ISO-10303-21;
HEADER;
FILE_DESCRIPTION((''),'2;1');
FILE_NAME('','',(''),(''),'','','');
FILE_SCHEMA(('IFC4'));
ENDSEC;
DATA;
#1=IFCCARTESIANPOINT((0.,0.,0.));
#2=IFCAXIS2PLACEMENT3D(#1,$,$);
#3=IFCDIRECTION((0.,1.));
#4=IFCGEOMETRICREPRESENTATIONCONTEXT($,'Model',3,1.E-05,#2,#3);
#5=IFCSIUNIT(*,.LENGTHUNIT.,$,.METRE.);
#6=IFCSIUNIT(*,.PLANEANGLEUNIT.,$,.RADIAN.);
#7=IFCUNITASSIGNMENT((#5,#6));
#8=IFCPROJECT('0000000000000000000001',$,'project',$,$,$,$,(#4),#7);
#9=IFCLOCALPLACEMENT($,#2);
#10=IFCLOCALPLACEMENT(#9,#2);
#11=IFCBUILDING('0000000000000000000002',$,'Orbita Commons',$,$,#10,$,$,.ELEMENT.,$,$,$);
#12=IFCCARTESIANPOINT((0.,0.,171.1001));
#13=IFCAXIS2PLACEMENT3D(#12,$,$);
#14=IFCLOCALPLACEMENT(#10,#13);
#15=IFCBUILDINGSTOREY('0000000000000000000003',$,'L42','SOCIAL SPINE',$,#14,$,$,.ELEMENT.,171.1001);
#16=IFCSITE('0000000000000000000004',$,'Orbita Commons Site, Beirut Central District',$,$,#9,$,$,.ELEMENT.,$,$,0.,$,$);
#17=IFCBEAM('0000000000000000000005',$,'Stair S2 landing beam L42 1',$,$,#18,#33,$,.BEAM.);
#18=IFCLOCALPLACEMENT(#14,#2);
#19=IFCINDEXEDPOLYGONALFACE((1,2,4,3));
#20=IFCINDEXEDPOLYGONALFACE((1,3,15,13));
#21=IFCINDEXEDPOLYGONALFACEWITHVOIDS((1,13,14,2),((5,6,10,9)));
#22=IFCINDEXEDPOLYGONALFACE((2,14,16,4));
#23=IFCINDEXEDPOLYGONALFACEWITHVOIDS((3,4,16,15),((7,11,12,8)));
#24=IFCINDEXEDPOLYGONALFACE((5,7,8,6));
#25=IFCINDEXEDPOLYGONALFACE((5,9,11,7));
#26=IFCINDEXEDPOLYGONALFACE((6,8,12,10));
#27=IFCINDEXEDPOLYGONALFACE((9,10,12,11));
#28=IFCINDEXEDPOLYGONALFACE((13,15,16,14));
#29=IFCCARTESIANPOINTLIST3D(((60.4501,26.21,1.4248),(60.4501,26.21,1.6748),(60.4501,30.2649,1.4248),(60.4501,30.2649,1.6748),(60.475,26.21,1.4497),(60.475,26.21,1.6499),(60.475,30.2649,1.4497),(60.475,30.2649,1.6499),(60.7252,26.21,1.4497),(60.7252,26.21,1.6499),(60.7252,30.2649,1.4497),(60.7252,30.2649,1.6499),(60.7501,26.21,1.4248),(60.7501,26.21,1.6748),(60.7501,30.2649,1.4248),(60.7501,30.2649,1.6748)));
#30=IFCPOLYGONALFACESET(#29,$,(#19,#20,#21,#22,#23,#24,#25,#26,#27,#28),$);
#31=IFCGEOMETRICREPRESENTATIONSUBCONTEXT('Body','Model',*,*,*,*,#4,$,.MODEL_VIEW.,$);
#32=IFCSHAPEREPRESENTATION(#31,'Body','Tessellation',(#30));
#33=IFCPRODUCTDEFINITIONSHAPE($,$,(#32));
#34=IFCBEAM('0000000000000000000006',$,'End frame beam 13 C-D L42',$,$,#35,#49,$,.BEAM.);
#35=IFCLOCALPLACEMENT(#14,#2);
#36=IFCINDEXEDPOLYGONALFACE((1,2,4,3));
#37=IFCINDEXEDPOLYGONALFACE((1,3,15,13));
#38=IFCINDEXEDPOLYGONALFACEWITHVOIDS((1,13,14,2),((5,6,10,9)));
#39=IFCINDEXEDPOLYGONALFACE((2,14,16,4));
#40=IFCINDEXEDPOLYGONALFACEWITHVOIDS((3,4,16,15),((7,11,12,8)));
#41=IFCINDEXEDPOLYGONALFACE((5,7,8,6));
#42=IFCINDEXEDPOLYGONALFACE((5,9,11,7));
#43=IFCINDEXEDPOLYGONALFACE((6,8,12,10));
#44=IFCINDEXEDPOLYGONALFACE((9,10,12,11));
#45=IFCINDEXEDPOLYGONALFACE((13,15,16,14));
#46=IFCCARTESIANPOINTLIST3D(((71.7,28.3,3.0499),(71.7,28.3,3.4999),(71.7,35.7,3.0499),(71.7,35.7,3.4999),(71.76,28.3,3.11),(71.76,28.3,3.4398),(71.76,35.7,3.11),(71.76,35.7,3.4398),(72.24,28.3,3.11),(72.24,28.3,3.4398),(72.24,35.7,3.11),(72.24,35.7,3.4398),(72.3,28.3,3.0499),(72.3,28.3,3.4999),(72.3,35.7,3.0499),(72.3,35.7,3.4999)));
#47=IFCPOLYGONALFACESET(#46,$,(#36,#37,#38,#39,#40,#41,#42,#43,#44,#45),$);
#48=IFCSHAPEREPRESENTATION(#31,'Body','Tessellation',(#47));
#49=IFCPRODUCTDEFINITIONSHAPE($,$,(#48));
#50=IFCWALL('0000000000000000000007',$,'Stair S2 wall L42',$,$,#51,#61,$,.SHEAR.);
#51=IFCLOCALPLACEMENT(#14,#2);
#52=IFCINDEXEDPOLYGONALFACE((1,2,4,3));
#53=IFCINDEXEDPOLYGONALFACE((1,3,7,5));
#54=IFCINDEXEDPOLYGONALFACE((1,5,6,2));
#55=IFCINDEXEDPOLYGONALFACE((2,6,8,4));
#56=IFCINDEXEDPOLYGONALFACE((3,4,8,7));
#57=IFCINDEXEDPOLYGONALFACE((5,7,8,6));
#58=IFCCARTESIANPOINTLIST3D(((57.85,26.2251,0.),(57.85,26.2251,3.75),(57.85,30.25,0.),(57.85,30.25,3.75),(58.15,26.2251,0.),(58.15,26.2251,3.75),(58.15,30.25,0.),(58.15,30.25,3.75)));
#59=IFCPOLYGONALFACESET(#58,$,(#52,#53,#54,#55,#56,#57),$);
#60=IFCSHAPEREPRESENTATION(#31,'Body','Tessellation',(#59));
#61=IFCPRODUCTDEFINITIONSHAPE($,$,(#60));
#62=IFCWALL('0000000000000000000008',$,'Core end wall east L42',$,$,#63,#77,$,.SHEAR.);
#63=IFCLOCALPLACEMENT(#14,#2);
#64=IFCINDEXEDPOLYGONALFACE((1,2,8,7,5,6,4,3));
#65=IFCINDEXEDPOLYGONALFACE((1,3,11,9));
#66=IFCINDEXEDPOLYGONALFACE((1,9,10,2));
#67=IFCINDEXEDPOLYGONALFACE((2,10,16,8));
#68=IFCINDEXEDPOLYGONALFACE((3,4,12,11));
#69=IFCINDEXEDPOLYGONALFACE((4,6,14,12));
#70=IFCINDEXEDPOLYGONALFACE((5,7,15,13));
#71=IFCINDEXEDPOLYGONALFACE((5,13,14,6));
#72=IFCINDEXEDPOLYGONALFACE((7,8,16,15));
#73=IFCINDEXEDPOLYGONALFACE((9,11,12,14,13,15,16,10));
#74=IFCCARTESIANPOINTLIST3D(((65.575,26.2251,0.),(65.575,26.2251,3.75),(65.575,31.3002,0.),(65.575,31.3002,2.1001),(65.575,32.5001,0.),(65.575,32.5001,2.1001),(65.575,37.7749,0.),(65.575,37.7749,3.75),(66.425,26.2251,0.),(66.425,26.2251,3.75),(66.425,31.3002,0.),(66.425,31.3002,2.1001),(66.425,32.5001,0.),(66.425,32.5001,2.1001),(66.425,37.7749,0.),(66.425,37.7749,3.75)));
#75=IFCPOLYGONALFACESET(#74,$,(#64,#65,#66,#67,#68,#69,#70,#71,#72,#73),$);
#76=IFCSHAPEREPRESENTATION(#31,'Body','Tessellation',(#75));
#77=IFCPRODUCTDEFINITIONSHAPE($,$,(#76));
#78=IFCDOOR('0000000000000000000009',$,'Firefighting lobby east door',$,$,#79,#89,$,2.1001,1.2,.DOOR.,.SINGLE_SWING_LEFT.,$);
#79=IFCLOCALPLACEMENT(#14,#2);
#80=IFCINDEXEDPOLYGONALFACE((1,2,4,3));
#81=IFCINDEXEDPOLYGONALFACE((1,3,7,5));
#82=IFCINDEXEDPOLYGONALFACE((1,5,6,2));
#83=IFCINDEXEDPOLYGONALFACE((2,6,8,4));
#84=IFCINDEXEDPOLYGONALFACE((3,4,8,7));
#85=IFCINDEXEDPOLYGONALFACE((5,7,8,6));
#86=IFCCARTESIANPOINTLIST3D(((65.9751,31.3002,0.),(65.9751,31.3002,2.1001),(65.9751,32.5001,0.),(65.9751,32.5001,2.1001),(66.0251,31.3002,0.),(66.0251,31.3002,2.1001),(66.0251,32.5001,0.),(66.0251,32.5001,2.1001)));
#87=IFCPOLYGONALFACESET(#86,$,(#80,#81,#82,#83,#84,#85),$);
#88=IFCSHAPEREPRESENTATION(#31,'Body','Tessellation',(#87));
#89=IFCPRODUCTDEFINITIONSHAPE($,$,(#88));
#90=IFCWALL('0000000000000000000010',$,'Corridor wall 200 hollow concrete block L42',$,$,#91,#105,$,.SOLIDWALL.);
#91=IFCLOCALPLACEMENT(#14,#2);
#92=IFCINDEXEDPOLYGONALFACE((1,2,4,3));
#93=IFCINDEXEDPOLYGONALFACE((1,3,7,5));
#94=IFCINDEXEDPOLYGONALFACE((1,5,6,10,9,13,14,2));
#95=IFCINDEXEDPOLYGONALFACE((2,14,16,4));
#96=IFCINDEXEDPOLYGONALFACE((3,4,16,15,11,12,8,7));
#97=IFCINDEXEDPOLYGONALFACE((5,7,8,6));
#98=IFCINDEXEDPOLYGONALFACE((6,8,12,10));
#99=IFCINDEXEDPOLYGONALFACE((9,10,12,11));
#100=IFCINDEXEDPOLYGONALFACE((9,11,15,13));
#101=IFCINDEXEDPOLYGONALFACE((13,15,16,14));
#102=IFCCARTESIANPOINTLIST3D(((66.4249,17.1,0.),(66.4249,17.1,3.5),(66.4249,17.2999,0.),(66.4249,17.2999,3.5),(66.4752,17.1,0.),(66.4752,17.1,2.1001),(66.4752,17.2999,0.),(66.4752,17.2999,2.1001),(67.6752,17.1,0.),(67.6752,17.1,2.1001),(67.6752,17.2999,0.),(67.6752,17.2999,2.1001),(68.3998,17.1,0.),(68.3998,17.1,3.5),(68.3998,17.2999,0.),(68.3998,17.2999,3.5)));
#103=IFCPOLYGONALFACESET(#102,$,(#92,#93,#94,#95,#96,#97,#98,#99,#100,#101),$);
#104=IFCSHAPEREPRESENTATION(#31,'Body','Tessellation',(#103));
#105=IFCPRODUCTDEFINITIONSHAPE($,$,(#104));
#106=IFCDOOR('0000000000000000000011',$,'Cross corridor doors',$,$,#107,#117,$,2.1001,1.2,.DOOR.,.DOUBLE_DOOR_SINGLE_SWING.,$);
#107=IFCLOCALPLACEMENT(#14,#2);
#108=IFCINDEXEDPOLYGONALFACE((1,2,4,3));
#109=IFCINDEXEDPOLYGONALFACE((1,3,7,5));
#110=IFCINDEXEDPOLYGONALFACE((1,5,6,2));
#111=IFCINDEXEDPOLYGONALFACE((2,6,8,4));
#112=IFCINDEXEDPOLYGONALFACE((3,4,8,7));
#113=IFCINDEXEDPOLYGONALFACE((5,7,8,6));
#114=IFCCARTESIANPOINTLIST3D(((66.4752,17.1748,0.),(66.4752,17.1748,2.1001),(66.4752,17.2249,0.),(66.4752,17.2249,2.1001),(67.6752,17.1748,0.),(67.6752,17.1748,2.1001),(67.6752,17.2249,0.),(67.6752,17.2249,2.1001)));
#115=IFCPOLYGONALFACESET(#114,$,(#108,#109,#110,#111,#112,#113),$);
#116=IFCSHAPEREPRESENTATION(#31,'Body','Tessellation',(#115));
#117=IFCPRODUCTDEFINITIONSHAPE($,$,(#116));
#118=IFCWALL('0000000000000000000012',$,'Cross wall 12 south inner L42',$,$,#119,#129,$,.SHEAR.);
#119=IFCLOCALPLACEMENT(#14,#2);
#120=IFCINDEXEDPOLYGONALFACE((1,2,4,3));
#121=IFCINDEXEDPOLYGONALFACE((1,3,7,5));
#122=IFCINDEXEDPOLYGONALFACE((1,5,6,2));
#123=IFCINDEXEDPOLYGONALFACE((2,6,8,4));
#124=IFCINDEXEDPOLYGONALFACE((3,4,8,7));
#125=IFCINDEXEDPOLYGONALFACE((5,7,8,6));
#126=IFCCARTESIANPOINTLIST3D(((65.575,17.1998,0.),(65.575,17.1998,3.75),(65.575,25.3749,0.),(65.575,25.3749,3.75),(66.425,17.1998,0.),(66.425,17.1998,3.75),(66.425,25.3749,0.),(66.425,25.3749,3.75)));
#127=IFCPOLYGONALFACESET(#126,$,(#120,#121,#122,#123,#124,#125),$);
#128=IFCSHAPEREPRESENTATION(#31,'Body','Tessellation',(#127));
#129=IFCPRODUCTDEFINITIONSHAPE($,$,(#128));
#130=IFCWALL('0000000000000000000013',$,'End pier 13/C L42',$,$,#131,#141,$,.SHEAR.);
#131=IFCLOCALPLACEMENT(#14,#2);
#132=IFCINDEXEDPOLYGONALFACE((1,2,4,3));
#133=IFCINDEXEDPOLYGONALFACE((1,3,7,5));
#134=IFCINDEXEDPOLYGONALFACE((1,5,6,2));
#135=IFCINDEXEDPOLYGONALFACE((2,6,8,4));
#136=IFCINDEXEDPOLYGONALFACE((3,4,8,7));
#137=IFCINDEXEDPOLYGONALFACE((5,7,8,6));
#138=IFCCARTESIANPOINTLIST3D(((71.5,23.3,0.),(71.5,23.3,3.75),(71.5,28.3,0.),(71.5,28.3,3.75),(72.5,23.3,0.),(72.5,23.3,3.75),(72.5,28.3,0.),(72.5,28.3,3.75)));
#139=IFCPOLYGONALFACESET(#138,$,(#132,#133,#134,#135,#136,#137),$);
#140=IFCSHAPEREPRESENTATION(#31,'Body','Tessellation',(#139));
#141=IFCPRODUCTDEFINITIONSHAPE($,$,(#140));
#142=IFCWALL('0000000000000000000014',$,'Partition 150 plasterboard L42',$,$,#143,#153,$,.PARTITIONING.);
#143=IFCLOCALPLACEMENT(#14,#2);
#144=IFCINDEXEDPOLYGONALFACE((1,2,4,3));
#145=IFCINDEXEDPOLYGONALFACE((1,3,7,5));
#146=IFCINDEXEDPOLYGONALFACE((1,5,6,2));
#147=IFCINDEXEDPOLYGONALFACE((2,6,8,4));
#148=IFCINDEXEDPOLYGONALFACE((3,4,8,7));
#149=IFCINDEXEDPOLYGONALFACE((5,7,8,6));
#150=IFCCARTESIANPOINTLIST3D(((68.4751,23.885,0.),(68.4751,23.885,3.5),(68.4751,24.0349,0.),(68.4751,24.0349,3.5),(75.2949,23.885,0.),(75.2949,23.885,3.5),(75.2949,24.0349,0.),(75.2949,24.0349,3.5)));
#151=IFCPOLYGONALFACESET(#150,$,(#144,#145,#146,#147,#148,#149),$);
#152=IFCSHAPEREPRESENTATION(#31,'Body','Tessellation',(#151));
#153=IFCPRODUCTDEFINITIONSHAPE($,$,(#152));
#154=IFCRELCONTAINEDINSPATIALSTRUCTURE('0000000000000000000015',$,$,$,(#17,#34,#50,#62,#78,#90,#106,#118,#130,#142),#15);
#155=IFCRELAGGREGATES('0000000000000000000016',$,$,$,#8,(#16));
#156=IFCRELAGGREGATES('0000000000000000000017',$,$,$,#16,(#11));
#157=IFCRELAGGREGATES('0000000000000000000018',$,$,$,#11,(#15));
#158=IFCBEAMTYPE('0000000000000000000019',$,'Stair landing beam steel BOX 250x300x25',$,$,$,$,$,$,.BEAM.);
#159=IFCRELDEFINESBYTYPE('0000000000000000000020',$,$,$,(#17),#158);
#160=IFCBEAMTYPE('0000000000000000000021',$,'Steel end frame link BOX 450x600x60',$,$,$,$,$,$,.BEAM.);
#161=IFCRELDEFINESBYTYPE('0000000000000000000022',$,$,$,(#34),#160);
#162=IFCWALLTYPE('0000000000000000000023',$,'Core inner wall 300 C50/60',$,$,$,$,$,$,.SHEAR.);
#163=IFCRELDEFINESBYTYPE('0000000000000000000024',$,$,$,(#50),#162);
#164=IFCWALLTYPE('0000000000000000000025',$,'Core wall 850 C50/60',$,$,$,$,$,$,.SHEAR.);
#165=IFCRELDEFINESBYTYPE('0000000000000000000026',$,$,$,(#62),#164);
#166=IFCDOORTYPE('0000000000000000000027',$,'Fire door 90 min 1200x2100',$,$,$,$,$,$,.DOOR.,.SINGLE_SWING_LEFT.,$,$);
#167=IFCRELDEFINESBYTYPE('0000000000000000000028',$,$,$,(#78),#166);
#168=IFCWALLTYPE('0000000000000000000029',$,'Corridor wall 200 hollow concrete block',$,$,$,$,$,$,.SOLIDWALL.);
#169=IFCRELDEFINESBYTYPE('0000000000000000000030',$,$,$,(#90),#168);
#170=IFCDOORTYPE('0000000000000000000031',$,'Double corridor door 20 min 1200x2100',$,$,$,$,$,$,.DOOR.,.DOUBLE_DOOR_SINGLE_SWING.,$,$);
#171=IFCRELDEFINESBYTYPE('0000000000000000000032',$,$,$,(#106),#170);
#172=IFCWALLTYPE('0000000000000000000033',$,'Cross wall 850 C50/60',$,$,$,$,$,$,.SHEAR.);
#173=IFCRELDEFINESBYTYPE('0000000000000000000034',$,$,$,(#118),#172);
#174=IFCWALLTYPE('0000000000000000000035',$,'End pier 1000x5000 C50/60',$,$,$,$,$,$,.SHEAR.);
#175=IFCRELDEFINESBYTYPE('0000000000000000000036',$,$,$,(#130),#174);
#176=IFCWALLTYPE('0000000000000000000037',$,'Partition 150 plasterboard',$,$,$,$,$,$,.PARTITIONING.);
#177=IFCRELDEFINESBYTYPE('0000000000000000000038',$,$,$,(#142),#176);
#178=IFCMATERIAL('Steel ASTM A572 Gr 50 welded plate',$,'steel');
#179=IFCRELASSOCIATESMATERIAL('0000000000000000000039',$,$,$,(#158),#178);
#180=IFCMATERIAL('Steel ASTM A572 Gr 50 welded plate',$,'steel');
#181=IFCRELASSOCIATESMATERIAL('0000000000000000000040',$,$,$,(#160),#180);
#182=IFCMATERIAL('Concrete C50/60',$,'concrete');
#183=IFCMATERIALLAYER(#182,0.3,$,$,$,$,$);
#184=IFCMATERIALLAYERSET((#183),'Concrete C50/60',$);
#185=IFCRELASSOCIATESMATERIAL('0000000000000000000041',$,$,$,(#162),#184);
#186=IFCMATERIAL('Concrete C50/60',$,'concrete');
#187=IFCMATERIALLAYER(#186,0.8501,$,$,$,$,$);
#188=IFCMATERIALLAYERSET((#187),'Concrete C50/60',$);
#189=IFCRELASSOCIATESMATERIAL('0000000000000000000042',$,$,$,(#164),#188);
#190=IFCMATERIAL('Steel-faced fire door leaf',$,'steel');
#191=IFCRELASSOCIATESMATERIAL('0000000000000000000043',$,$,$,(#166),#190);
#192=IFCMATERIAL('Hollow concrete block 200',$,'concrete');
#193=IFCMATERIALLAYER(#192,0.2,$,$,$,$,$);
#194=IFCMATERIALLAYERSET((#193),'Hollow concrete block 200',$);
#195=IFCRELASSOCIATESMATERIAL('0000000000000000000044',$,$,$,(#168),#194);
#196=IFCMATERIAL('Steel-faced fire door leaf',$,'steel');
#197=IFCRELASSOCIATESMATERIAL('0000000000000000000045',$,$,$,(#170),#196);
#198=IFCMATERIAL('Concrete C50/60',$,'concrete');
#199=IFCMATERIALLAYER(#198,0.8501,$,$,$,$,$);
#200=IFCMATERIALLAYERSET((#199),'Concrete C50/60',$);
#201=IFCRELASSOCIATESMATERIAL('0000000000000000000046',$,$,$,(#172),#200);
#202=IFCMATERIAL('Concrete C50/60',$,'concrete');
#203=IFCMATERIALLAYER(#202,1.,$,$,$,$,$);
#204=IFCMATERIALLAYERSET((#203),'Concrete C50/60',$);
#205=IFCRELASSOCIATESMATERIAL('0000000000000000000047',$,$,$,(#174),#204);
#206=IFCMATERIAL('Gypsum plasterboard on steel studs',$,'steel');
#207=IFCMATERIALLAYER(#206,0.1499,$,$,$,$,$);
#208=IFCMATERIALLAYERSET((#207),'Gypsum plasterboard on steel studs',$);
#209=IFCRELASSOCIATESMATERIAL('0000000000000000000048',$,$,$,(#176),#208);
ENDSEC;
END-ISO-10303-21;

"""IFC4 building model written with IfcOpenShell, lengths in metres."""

from ifc_helpers import new_model, si_unit, direction, frame, frame_2d, origin, origin_2d, place, context, subcontext, project, spatial, rectangle, hollow_rectangle, extrude, material, layer, layer_set, material_profile, profile_set, type_object, element, fill, save


model = new_model("IFC4")

# Units and contexts
model_context = context("Model", 3, precision=1e-05, world=origin(), true_north=direction((0.0, 1.0)))
body_context = subcontext(model_context, "Body", "Model", "MODEL_VIEW")
ifc_project = project(units=[si_unit("LENGTHUNIT", "METRE"), si_unit("PLANEANGLEUNIT", "RADIAN")], contexts=[model_context])

# Site, building, storey
site_placement = place(None, origin())
site = spatial("IfcSite", under=ifc_project, at=site_placement, Name="Orbita Commons Site, Beirut Central District", CompositionType="ELEMENT", RefElevation=0.0)
building_placement = place(site_placement, origin())
building = spatial("IfcBuilding", under=site, at=building_placement, Name="Orbita Commons", CompositionType="ELEMENT")
storey_placement = place(building_placement, frame((0.0, 0.0, 171.1001)))
storey = spatial("IfcBuildingStorey", under=building, at=storey_placement, Name="L42", Description="SOCIAL SPINE", CompositionType="ELEMENT", Elevation=171.1001)

# Beams
ifc_material_1 = material(Name="Steel ASTM A572 Gr 50 welded plate", Category="steel")
ifc_material_profile_1 = material_profile(ifc_material_1, hollow_rectangle(XDim=0.3, YDim=0.25, WallThickness=0.0249, at=origin_2d()), Name="BOX 250x300x25")
ifc_profile_set_1 = profile_set([ifc_material_profile_1], Name="Steel ASTM A572 Gr 50 welded plate")
beam_type_1 = type_object("IfcBeamType", Name="Stair landing beam steel BOX 250x300x25", PredefinedType="BEAM", material=ifc_profile_set_1)
beam_1_placement = place(storey_placement, frame((60.6001, 26.21, 1.5498), z_axis=(0.0, 1.0, 0.0), x_axis=(-1.0, 0.0, 0.0)))
element("IfcBeam", 1, at=beam_1_placement, inside=storey, type_object=beam_type_1, Name="Stair S2 landing beam L42 1", PredefinedType="BEAM", context=body_context, shape_type="SweptSolid", body=[
    extrude(hollow_rectangle(XDim=0.3, YDim=0.25, WallThickness=0.0249, at=origin_2d()), origin(), (0.0, 0.0, 1.0), 4.0549),
])
ifc_material_2 = material(Name="Steel ASTM A572 Gr 50 welded plate", Category="steel")
ifc_material_profile_2 = material_profile(ifc_material_2, hollow_rectangle(XDim=0.6001, YDim=0.45, WallThickness=0.0601, at=origin_2d()), Name="BOX 450x600x60")
ifc_profile_set_2 = profile_set([ifc_material_profile_2], Name="Steel ASTM A572 Gr 50 welded plate")
beam_type_2 = type_object("IfcBeamType", Name="Steel end frame link BOX 450x600x60", PredefinedType="BEAM", material=ifc_profile_set_2)
beam_2_placement = place(storey_placement, frame((72.0, 28.3, 3.2749), z_axis=(0.0, 1.0, 0.0), x_axis=(-1.0, 0.0, 0.0)))
element("IfcBeam", 2, at=beam_2_placement, inside=storey, type_object=beam_type_2, Name="End frame beam 13 C-D L42", PredefinedType="BEAM", context=body_context, shape_type="SweptSolid", body=[
    extrude(hollow_rectangle(XDim=0.6001, YDim=0.45, WallThickness=0.0601, at=origin_2d()), origin(), (0.0, 0.0, 1.0), 7.3999),
])

# Wall
ifc_material_3 = material(Name="Concrete C50/60", Category="concrete")
ifc_layer_1 = layer(ifc_material_3, 0.3)
ifc_layer_set_1 = layer_set([ifc_layer_1], Name="Concrete C50/60")
wall_type_1 = type_object("IfcWallType", Name="Core inner wall 300 C50/60", PredefinedType="SHEAR", material=ifc_layer_set_1)
wall_1_placement = place(storey_placement, frame((58.0, 26.2251, 0.0), z_axis=(0.0, 0.0, 1.0), x_axis=(0.0, 1.0, 0.0)))
element("IfcWall", 3, at=wall_1_placement, inside=storey, type_object=wall_type_1, Name="Stair S2 wall L42", PredefinedType="SHEAR", context=body_context, shape_type="SweptSolid", body=[
    extrude(rectangle(XDim=4.0249, YDim=0.3, at=frame_2d((2.0125, 0.0))), origin(), (0.0, 0.0, 1.0), 3.75),
])

# Walls, openings, doors
ifc_material_4 = material(Name="Concrete C50/60", Category="concrete")
ifc_layer_2 = layer(ifc_material_4, 0.8501)
ifc_layer_set_2 = layer_set([ifc_layer_2], Name="Concrete C50/60")
wall_type_2 = type_object("IfcWallType", Name="Core wall 850 C50/60", PredefinedType="SHEAR", material=ifc_layer_set_2)
wall_2_placement = place(storey_placement, frame((66.0, 26.2251, 0.0), z_axis=(0.0, 0.0, 1.0), x_axis=(0.0, 1.0, 0.0)))
wall_2 = element("IfcWall", 4, at=wall_2_placement, inside=storey, type_object=wall_type_2, Name="Core end wall east L42", PredefinedType="SHEAR", context=body_context, shape_type="SweptSolid", body=[
    extrude(rectangle(XDim=11.5498, YDim=0.8501, at=frame_2d((5.7749, 0.0))), origin(), (0.0, 0.0, 1.0), 3.75),
])
opening_1_placement = place(wall_2_placement, frame((5.075, 0.0, 0.0)))
opening_1 = element("IfcOpeningElement", 5, at=opening_1_placement, cuts=wall_2, PredefinedType="OPENING", context=body_context, shape_type="SweptSolid", body=[
    extrude(rectangle(XDim=1.2, YDim=2.1001, at=frame_2d((0.6001, 1.05))), frame((0.0, 0.4351, 0.0), z_axis=(0.0, -1.0, 0.0), x_axis=(1.0, 0.0, 0.0)), (0.0, 0.0, 1.0), 0.8701),
])
ifc_material_5 = material(Name="Steel-faced fire door leaf", Category="steel")
door_type_1 = type_object("IfcDoorType", Name="Fire door 90 min 1200x2100", OperationType="SINGLE_SWING_LEFT", PredefinedType="DOOR", material=ifc_material_5)
door_1_placement = place(opening_1_placement, origin())
door_1 = element("IfcDoor", 6, at=door_1_placement, inside=storey, type_object=door_type_1, Name="Firefighting lobby east door", OperationType="SINGLE_SWING_LEFT", OverallHeight=2.1001, OverallWidth=1.2, PredefinedType="DOOR", context=body_context, shape_type="SweptSolid", body=[
    extrude(rectangle(XDim=1.2, YDim=2.1001, at=frame_2d((0.6001, 1.05))), frame((0.0, 0.0249, 0.0), z_axis=(0.0, -1.0, 0.0), x_axis=(1.0, 0.0, 0.0)), (0.0, 0.0, 1.0), 0.05),
])
fill(opening_1, door_1)
ifc_material_6 = material(Name="Hollow concrete block 200", Category="concrete")
ifc_layer_3 = layer(ifc_material_6, 0.2)
ifc_layer_set_3 = layer_set([ifc_layer_3], Name="Hollow concrete block 200")
wall_type_3 = type_object("IfcWallType", Name="Corridor wall 200 hollow concrete block", PredefinedType="SOLIDWALL", material=ifc_layer_set_3)
wall_3_placement = place(storey_placement, frame((66.425, 17.2, 0.0), z_axis=(0.0, 0.0, 1.0), x_axis=(1.0, 0.0, 0.0)))
wall_3 = element("IfcWall", 7, at=wall_3_placement, inside=storey, type_object=wall_type_3, Name="Corridor wall 200 hollow concrete block L42", PredefinedType="SOLIDWALL", context=body_context, shape_type="SweptSolid", body=[
    extrude(rectangle(XDim=1.9749, YDim=0.2, at=frame_2d((0.9873, 0.0))), origin(), (0.0, 0.0, 1.0), 3.5),
])
opening_2_placement = place(wall_3_placement, frame((0.05, 0.0, 0.0)))
opening_2 = element("IfcOpeningElement", 8, at=opening_2_placement, cuts=wall_3, PredefinedType="OPENING", context=body_context, shape_type="SweptSolid", body=[
    extrude(rectangle(XDim=1.2, YDim=2.1001, at=frame_2d((0.6001, 1.05))), frame((0.0, 0.1099, 0.0), z_axis=(0.0, -1.0, 0.0), x_axis=(1.0, 0.0, 0.0)), (0.0, 0.0, 1.0), 0.22),
])
ifc_material_7 = material(Name="Steel-faced fire door leaf", Category="steel")
door_type_2 = type_object("IfcDoorType", Name="Double corridor door 20 min 1200x2100", OperationType="DOUBLE_DOOR_SINGLE_SWING", PredefinedType="DOOR", material=ifc_material_7)
door_2_placement = place(opening_2_placement, origin())
door_2 = element("IfcDoor", 9, at=door_2_placement, inside=storey, type_object=door_type_2, Name="Cross corridor doors", OperationType="DOUBLE_DOOR_SINGLE_SWING", OverallHeight=2.1001, OverallWidth=1.2, PredefinedType="DOOR", context=body_context, shape_type="SweptSolid", body=[
    extrude(rectangle(XDim=1.2, YDim=2.1001, at=frame_2d((0.6001, 1.05))), frame((0.0, 0.0249, 0.0), z_axis=(0.0, -1.0, 0.0), x_axis=(1.0, 0.0, 0.0)), (0.0, 0.0, 1.0), 0.05),
])
fill(opening_2, door_2)

# Walls
ifc_material_8 = material(Name="Concrete C50/60", Category="concrete")
ifc_layer_4 = layer(ifc_material_8, 0.8501)
ifc_layer_set_4 = layer_set([ifc_layer_4], Name="Concrete C50/60")
wall_type_4 = type_object("IfcWallType", Name="Cross wall 850 C50/60", PredefinedType="SHEAR", material=ifc_layer_set_4)
wall_4_placement = place(storey_placement, frame((66.0, 17.2, 0.0), z_axis=(0.0, 0.0, 1.0), x_axis=(0.0, 1.0, 0.0)))
element("IfcWall", 10, at=wall_4_placement, inside=storey, type_object=wall_type_4, Name="Cross wall 12 south inner L42", PredefinedType="SHEAR", context=body_context, shape_type="SweptSolid", body=[
    extrude(rectangle(XDim=8.175, YDim=0.8501, at=frame_2d((4.0874, 0.0))), origin(), (0.0, 0.0, 1.0), 3.75),
])
ifc_material_9 = material(Name="Concrete C50/60", Category="concrete")
ifc_layer_5 = layer(ifc_material_9, 1.0)
ifc_layer_set_5 = layer_set([ifc_layer_5], Name="Concrete C50/60")
wall_type_5 = type_object("IfcWallType", Name="End pier 1000x5000 C50/60", PredefinedType="SHEAR", material=ifc_layer_set_5)
wall_5_placement = place(storey_placement, frame((72.0, 23.3, 0.0), z_axis=(0.0, 0.0, 1.0), x_axis=(0.0, 1.0, 0.0)))
element("IfcWall", 11, at=wall_5_placement, inside=storey, type_object=wall_type_5, Name="End pier 13/C L42", PredefinedType="SHEAR", context=body_context, shape_type="SweptSolid", body=[
    extrude(rectangle(XDim=5.0, YDim=1.0, at=frame_2d((2.5, 0.0))), origin(), (0.0, 0.0, 1.0), 3.75),
])
ifc_material_10 = material(Name="Gypsum plasterboard on steel studs", Category="steel")
ifc_layer_6 = layer(ifc_material_10, 0.1499)
ifc_layer_set_6 = layer_set([ifc_layer_6], Name="Gypsum plasterboard on steel studs")
wall_type_6 = type_object("IfcWallType", Name="Partition 150 plasterboard", PredefinedType="PARTITIONING", material=ifc_layer_set_6)
wall_6_placement = place(storey_placement, frame((68.4751, 23.96, 0.0), z_axis=(0.0, 0.0, 1.0), x_axis=(1.0, 0.0, 0.0)))
element("IfcWall", 12, at=wall_6_placement, inside=storey, type_object=wall_type_6, Name="Partition 150 plasterboard L42", PredefinedType="PARTITIONING", context=body_context, shape_type="SweptSolid", body=[
    extrude(rectangle(XDim=6.8198, YDim=0.1499, at=frame_2d((3.4099, 0.0))), origin(), (0.0, 0.0, 1.0), 3.5),
])

save(model, "model.ifc")
